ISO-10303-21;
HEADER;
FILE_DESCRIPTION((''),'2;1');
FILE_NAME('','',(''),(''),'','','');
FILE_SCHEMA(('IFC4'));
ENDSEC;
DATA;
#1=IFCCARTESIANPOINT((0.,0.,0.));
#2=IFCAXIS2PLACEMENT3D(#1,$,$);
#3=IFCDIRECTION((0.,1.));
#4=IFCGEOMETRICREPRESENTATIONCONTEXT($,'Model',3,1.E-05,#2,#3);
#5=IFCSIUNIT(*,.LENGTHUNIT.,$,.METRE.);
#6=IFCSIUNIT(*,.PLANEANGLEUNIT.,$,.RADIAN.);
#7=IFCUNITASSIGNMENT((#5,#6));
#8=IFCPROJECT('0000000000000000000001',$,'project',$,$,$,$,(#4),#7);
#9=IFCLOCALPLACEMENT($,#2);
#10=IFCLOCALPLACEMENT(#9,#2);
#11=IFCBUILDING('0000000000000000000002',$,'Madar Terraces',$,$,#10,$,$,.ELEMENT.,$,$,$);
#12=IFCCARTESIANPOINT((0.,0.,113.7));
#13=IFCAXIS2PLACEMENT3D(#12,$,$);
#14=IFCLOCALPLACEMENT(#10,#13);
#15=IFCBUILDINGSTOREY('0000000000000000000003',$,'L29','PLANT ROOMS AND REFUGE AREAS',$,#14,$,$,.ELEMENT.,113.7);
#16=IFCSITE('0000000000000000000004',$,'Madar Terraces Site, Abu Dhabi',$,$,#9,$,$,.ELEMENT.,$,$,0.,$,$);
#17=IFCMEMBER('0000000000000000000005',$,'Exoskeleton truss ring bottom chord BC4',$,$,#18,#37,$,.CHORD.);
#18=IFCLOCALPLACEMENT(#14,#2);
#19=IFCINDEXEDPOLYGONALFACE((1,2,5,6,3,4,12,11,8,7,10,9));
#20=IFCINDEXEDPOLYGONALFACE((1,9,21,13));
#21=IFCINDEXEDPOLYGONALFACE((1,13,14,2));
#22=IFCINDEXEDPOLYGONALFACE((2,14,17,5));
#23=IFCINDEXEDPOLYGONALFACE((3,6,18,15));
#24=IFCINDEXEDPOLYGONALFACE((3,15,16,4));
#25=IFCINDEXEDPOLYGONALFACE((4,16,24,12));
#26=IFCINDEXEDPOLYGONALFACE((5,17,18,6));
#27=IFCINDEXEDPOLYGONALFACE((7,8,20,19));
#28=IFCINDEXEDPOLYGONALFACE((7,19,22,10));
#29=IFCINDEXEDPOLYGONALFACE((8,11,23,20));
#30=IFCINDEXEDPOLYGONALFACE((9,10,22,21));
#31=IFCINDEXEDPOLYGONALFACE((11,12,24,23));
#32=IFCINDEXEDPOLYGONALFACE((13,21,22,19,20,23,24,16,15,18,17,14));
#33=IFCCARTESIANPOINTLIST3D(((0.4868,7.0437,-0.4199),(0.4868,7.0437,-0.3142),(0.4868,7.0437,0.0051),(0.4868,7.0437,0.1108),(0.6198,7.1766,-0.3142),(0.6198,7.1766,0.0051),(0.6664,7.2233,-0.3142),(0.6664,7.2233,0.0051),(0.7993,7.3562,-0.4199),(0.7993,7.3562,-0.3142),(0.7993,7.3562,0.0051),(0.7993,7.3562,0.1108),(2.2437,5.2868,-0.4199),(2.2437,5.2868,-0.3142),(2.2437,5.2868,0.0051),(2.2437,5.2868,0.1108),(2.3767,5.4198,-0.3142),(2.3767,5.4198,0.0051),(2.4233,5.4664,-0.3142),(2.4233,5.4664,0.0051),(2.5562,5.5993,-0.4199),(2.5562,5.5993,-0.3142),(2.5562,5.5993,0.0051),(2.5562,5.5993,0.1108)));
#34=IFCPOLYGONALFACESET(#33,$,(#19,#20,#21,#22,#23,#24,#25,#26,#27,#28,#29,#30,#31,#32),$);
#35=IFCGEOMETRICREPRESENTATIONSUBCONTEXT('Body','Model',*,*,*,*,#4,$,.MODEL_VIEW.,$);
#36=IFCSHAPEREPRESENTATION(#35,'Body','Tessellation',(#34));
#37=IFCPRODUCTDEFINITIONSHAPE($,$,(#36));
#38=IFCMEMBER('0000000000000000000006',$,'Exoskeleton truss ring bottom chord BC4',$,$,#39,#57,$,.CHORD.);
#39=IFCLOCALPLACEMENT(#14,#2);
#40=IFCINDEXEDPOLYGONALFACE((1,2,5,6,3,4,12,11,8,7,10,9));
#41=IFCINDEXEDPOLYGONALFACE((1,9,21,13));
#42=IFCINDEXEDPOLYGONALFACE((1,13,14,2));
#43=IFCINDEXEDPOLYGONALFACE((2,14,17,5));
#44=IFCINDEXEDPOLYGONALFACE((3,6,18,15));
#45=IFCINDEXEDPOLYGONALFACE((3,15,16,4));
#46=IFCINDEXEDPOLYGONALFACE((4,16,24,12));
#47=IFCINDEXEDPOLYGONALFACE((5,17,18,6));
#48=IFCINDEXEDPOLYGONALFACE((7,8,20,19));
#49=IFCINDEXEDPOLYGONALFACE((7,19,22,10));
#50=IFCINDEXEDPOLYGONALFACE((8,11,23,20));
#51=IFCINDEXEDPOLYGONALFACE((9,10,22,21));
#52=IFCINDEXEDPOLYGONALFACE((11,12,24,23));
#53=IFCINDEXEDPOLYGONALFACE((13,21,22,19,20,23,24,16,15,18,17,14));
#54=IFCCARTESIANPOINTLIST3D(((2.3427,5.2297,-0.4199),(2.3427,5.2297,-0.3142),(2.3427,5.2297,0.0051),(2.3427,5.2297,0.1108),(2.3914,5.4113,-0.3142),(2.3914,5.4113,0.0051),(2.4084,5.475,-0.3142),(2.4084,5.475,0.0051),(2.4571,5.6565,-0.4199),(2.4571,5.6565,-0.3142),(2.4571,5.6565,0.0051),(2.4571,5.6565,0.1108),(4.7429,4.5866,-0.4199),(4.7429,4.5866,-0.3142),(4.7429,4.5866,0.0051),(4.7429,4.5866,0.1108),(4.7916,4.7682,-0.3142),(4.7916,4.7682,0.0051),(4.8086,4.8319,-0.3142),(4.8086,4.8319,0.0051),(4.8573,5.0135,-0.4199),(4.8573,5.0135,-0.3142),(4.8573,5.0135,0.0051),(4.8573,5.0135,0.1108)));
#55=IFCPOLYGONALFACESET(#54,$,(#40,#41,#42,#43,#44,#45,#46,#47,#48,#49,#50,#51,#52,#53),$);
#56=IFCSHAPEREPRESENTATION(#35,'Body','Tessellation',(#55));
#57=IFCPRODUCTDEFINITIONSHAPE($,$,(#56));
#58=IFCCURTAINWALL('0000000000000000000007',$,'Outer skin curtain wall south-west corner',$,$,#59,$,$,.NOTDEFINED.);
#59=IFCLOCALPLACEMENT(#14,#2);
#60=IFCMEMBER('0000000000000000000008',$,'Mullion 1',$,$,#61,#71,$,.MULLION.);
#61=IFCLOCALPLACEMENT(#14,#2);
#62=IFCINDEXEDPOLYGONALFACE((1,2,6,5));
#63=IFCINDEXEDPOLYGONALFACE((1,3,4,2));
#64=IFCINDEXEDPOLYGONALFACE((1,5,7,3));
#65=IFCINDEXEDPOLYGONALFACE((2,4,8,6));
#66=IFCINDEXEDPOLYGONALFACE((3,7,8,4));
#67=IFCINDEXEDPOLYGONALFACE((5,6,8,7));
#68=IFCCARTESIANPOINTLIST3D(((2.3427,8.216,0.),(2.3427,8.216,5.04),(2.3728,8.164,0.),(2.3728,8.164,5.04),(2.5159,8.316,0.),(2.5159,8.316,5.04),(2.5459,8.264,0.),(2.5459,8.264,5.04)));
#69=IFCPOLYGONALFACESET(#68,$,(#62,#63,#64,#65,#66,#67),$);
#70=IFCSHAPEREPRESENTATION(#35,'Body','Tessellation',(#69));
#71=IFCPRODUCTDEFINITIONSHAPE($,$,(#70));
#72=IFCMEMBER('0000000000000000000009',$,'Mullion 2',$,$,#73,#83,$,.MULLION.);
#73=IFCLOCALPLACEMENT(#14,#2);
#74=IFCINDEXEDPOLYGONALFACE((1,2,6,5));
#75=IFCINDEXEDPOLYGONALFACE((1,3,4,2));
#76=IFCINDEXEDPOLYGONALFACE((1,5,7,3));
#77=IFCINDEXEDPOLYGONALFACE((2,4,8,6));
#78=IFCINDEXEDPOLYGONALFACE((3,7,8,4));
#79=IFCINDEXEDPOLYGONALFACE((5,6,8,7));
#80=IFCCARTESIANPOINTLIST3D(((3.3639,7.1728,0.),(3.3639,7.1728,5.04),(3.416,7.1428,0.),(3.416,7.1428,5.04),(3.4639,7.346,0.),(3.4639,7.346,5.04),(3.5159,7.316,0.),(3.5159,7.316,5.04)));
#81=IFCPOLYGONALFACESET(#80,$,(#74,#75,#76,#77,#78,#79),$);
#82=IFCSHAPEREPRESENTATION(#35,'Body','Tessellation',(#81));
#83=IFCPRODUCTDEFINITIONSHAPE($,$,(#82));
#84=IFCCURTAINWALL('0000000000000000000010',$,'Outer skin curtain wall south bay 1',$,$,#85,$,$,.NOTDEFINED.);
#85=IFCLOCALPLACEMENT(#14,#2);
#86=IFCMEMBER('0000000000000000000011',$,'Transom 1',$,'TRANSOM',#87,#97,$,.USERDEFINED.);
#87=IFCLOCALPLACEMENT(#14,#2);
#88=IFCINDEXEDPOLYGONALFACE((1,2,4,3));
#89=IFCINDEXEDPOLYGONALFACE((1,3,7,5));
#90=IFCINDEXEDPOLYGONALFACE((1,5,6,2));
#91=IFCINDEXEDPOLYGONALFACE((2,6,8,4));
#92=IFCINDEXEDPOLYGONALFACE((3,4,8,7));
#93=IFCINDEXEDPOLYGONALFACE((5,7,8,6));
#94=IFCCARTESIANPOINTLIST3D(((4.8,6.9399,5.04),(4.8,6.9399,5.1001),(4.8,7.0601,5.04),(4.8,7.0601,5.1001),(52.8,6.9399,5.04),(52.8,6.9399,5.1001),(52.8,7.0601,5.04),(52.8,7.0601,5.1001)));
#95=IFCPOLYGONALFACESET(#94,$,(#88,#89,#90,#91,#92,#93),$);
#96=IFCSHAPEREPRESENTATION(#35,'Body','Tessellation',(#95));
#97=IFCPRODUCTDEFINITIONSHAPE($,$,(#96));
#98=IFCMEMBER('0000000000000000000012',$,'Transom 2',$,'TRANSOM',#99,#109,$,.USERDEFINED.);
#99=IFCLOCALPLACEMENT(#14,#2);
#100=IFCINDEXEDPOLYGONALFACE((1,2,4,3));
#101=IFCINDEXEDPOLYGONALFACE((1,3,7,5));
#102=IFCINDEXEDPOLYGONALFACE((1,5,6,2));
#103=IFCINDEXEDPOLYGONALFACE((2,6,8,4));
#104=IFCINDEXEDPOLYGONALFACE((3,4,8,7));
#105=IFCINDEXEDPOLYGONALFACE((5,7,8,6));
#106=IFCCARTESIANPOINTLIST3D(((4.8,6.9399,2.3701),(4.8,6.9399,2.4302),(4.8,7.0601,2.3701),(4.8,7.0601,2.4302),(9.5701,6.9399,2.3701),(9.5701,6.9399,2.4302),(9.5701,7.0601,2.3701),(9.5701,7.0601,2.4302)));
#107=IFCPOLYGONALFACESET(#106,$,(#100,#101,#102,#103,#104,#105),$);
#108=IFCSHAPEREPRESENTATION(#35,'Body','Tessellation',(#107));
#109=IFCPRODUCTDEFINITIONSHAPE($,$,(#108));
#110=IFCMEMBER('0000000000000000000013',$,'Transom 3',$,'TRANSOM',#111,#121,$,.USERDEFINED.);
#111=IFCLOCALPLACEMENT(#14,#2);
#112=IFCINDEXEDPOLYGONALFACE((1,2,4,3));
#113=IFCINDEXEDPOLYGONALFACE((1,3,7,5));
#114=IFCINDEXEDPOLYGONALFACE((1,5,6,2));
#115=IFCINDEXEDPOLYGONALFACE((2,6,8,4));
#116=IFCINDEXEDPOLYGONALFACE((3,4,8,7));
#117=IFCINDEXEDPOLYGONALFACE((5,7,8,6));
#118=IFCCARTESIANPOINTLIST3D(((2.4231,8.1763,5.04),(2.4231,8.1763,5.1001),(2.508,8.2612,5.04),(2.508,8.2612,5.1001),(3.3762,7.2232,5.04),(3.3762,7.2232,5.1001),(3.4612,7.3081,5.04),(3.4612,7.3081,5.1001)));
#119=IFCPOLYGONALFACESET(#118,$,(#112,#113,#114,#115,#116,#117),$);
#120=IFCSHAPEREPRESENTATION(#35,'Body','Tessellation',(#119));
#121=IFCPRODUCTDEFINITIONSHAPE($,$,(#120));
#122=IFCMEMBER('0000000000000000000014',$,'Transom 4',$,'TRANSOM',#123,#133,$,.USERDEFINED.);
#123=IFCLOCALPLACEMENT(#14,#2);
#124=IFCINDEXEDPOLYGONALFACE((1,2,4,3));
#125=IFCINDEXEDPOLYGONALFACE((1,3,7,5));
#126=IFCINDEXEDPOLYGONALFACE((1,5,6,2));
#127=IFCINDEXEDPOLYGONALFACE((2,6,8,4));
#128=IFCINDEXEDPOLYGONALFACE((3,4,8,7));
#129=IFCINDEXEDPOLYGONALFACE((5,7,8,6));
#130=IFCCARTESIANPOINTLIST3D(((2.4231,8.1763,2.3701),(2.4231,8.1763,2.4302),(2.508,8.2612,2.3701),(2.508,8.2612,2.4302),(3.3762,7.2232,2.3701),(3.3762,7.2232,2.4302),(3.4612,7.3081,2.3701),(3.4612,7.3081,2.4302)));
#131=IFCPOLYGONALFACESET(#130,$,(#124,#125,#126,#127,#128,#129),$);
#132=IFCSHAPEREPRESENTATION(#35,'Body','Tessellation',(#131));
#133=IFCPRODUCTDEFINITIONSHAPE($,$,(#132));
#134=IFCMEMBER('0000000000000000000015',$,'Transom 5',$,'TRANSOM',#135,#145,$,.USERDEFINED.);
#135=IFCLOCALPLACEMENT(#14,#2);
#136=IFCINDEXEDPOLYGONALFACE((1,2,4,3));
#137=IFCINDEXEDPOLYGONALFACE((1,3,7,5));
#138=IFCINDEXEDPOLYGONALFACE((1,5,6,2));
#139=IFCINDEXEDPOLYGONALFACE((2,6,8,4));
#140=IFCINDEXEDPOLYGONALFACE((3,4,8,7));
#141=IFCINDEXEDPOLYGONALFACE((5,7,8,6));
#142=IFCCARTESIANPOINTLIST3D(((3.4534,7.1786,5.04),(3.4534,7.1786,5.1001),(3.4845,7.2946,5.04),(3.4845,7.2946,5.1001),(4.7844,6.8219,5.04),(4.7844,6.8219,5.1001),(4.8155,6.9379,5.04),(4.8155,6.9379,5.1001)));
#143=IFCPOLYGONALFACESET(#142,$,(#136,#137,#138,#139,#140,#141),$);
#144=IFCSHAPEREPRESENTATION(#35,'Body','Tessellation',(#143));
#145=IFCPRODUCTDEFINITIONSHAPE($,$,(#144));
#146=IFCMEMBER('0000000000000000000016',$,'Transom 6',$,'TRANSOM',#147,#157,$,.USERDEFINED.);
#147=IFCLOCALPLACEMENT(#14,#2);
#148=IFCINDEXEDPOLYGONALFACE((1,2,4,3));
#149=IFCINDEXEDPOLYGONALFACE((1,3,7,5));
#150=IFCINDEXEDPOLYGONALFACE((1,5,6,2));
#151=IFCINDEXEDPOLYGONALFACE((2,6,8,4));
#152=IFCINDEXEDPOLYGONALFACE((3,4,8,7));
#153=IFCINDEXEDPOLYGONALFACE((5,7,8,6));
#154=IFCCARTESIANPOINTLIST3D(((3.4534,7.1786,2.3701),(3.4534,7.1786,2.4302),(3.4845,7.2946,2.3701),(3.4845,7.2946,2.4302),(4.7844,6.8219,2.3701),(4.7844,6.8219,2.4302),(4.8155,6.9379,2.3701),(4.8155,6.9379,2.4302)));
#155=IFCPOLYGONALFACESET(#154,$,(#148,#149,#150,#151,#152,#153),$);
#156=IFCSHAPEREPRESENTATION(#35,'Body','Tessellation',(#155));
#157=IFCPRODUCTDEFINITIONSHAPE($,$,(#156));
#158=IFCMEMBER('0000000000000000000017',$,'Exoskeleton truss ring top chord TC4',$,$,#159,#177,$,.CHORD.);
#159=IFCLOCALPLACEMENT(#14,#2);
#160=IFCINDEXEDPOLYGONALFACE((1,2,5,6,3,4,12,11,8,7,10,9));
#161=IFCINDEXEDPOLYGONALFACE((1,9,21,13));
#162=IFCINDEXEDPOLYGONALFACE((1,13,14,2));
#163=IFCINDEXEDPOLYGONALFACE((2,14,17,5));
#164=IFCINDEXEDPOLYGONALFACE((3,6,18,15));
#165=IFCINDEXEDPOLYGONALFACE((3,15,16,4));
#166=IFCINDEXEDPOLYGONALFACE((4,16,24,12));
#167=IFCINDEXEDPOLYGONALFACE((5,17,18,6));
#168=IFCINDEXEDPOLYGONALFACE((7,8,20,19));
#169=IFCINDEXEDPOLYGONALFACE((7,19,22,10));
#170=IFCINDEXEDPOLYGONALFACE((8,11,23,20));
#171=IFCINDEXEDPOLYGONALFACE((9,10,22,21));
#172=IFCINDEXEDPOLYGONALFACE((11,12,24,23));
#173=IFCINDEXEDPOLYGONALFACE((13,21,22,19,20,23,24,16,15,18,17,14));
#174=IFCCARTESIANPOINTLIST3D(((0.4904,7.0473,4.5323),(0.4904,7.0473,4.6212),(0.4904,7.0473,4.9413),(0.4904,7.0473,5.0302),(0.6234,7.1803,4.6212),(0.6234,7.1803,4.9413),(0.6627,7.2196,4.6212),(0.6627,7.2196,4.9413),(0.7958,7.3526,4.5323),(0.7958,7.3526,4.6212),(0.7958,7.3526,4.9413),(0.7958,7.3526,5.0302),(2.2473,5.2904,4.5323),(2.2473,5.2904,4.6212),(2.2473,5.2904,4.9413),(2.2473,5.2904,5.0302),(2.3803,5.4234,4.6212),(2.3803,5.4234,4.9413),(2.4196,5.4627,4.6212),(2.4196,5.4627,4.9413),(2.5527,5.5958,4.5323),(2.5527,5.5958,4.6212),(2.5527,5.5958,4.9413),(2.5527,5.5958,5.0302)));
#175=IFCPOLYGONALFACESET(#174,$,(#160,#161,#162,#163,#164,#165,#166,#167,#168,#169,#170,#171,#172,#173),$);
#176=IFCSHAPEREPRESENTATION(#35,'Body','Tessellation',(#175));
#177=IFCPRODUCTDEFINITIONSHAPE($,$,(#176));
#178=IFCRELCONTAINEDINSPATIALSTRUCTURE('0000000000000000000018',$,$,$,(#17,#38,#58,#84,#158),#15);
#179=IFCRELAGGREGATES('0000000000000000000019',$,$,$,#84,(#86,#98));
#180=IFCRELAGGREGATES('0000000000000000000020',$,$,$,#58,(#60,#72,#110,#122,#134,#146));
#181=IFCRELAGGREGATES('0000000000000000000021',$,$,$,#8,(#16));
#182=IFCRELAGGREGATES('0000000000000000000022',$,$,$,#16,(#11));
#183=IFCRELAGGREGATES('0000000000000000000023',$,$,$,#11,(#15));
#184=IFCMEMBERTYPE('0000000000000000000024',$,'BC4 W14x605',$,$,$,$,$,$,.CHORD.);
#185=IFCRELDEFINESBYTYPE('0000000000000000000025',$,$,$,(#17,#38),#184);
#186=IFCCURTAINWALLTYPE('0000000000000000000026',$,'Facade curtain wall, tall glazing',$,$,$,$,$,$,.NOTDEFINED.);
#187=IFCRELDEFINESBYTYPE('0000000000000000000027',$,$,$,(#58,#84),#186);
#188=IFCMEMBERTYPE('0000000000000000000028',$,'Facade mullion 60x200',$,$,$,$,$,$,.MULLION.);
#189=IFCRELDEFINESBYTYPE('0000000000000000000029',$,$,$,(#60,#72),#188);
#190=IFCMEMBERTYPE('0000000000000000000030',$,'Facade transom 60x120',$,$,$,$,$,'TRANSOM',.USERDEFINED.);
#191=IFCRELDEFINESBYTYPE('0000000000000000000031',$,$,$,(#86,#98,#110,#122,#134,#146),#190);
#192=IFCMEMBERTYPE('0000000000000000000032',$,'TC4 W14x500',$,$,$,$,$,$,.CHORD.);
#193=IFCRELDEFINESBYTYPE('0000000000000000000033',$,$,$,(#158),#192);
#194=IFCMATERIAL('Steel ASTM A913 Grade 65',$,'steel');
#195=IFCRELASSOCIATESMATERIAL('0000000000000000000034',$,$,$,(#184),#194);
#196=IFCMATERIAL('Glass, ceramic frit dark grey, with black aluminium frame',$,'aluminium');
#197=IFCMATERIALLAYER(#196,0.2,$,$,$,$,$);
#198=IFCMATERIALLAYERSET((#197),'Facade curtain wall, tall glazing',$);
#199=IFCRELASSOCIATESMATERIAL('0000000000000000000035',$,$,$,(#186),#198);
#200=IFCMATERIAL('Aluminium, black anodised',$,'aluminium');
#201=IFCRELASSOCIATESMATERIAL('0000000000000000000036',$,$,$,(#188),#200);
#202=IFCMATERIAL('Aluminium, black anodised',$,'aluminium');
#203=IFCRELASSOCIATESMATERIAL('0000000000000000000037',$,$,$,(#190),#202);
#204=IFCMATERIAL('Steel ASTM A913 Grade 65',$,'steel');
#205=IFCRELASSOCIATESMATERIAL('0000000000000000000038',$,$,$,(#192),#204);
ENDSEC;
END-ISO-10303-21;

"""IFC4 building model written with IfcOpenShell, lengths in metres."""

from ifc_helpers import new_model, si_unit, direction, frame, origin, origin_2d, place, context, subcontext, project, spatial, rectangle, i_section, extrude, material, layer, layer_set, material_profile, profile_set, type_object, element, aggregate, save


model = new_model("IFC4")

# Units and contexts
model_context = context("Model", 3, precision=1e-05, world=origin(), true_north=direction((0.0, 1.0)))
body_context = subcontext(model_context, "Body", "Model", "MODEL_VIEW")
ifc_project = project(units=[si_unit("LENGTHUNIT", "METRE"), si_unit("PLANEANGLEUNIT", "RADIAN")], contexts=[model_context])

# Site, building, storey
site_placement = place(None, origin())
site = spatial("IfcSite", under=ifc_project, at=site_placement, Name="Madar Terraces Site, Abu Dhabi", CompositionType="ELEMENT", RefElevation=0.0)
building_placement = place(site_placement, origin())
building = spatial("IfcBuilding", under=site, at=building_placement, Name="Madar Terraces", CompositionType="ELEMENT")
storey_placement = place(building_placement, frame((0.0, 0.0, 113.7)))
storey = spatial("IfcBuildingStorey", under=building, at=storey_placement, Name="L29", Description="PLANT ROOMS AND REFUGE AREAS", CompositionType="ELEMENT", Elevation=113.7)

# Members
ifc_material_1 = material(Name="Steel ASTM A913 Grade 65", Category="steel")
ifc_material_profile_1 = material_profile(ifc_material_1, i_section(OverallWidth=0.4419, OverallDepth=0.5308, WebThickness=0.0659, FlangeThickness=0.1057, at=origin_2d()), Name="W14x605")
ifc_profile_set_1 = profile_set([ifc_material_profile_1], Name="Steel ASTM A913 Grade 65")
member_type_1 = type_object("IfcMemberType", Name="BC4 W14x605", PredefinedType="CHORD", material=ifc_profile_set_1)
member_1_placement = place(storey_placement, frame((0.6431, 7.2, -0.1545), z_axis=(0.707107, -0.707107, 0.0), x_axis=(0.707107, 0.707107, 0.0)))
element("IfcMember", 1, at=member_1_placement, inside=storey, type_object=member_type_1, Name="Exoskeleton truss ring bottom chord BC4", PredefinedType="CHORD", context=body_context, shape_type="SweptSolid", body=[
    extrude(i_section(OverallWidth=0.4419, OverallDepth=0.5308, WebThickness=0.0659, FlangeThickness=0.1057, at=origin_2d()), origin(), (0.0, 0.0, 1.0), 2.4846),
])
member_2_placement = place(storey_placement, frame((2.3999, 5.4431, -0.1545), z_axis=(0.965931, -0.2588, 0.0), x_axis=(0.2588, 0.965931, 0.0)))
element("IfcMember", 2, at=member_2_placement, inside=storey, type_object=member_type_1, Name="Exoskeleton truss ring bottom chord BC4", PredefinedType="CHORD", context=body_context, shape_type="SweptSolid", body=[
    extrude(i_section(OverallWidth=0.4419, OverallDepth=0.5308, WebThickness=0.0659, FlangeThickness=0.1057, at=origin_2d()), origin(), (0.0, 0.0, 1.0), 2.4849),
])

# Curtain walls, members
ifc_material_2 = material(Name="Glass, ceramic frit dark grey, with black aluminium frame", Category="aluminium")
ifc_layer_1 = layer(ifc_material_2, 0.2)
ifc_layer_set_1 = layer_set([ifc_layer_1], Name="Facade curtain wall, tall glazing")
curtain_wall_type = type_object("IfcCurtainWallType", Name="Facade curtain wall, tall glazing", PredefinedType="NOTDEFINED", material=ifc_layer_set_1)
curtain_wall_1_placement = place(storey_placement, origin())
curtain_wall_1 = element("IfcCurtainWall", 3, at=curtain_wall_1_placement, inside=storey, type_object=curtain_wall_type, Name="Outer skin curtain wall south-west corner", PredefinedType="NOTDEFINED")
ifc_material_3 = material(Name="Aluminium, black anodised", Category="aluminium")
ifc_material_profile_2 = material_profile(ifc_material_3, rectangle(XDim=0.2, YDim=0.0601, at=origin_2d()), Name="Facade mullion 60x200")
ifc_profile_set_2 = profile_set([ifc_material_profile_2], Name="Aluminium, black anodised")
member_type_2 = type_object("IfcMemberType", Name="Facade mullion 60x200", PredefinedType="MULLION", material=ifc_profile_set_2)
member_3_placement = place(storey_placement, frame((2.4443, 8.24, 0.0), z_axis=(0.0, 0.0, 1.0), x_axis=(0.866025, 0.5, 0.0)))
member_3 = element("IfcMember", 4, at=member_3_placement, type_object=member_type_2, Name="Mullion 1", PredefinedType="MULLION", context=body_context, shape_type="SweptSolid", body=[
    extrude(rectangle(XDim=0.2, YDim=0.0601, at=origin_2d()), origin(), (0.0, 0.0, 1.0), 5.04),
])
member_4_placement = place(storey_placement, frame((3.4399, 7.2444, 0.0), z_axis=(0.0, 0.0, 1.0), x_axis=(0.5, 0.866025, 0.0)))
member_4 = element("IfcMember", 5, at=member_4_placement, type_object=member_type_2, Name="Mullion 2", PredefinedType="MULLION", context=body_context, shape_type="SweptSolid", body=[
    extrude(rectangle(XDim=0.2, YDim=0.0601, at=origin_2d()), origin(), (0.0, 0.0, 1.0), 5.04),
])
curtain_wall_2_placement = place(storey_placement, origin())
curtain_wall_2 = element("IfcCurtainWall", 6, at=curtain_wall_2_placement, inside=storey, type_object=curtain_wall_type, Name="Outer skin curtain wall south bay 1", PredefinedType="NOTDEFINED")
ifc_material_4 = material(Name="Aluminium, black anodised", Category="aluminium")
ifc_material_profile_3 = material_profile(ifc_material_4, rectangle(XDim=0.1201, YDim=0.0601, at=origin_2d()), Name="Facade transom 60x120")
ifc_profile_set_3 = profile_set([ifc_material_profile_3], Name="Aluminium, black anodised")
member_type_3 = type_object("IfcMemberType", Name="Facade transom 60x120", ElementType="TRANSOM", PredefinedType="USERDEFINED", material=ifc_profile_set_3)
member_5_placement = place(storey_placement, frame((4.8, 7.0, 5.0701), z_axis=(1.0, 0.0, 0.0), x_axis=(0.0, 1.0, 0.0)))
member_5 = element("IfcMember", 7, at=member_5_placement, type_object=member_type_3, Name="Transom 1", ObjectType="TRANSOM", PredefinedType="USERDEFINED", context=body_context, shape_type="SweptSolid", body=[
    extrude(rectangle(XDim=0.1201, YDim=0.0601, at=origin_2d()), origin(), (0.0, 0.0, 1.0), 48.0),
])
member_6_placement = place(storey_placement, frame((4.8, 7.0, 2.4001), z_axis=(1.0, 0.0, 0.0), x_axis=(0.0, 1.0, 0.0)))
member_6 = element("IfcMember", 8, at=member_6_placement, type_object=member_type_3, Name="Transom 2", ObjectType="TRANSOM", PredefinedType="USERDEFINED", context=body_context, shape_type="SweptSolid", body=[
    extrude(rectangle(XDim=0.1201, YDim=0.0601, at=origin_2d()), origin(), (0.0, 0.0, 1.0), 4.77),
])
aggregate(curtain_wall_2, [member_5, member_6])

# Members
member_7_placement = place(storey_placement, frame((2.4656, 8.2188, 5.0701), z_axis=(0.707107, -0.707107, 0.0), x_axis=(0.707107, 0.707107, 0.0)))
member_7 = element("IfcMember", 9, at=member_7_placement, type_object=member_type_3, Name="Transom 3", ObjectType="TRANSOM", PredefinedType="USERDEFINED", context=body_context, shape_type="SweptSolid", body=[
    extrude(rectangle(XDim=0.1201, YDim=0.0601, at=origin_2d()), origin(), (0.0, 0.0, 1.0), 1.3479),
])
member_8_placement = place(storey_placement, frame((2.4656, 8.2188, 2.4001), z_axis=(0.707107, -0.707107, 0.0), x_axis=(0.707107, 0.707107, 0.0)))
member_8 = element("IfcMember", 10, at=member_8_placement, type_object=member_type_3, Name="Transom 4", ObjectType="TRANSOM", PredefinedType="USERDEFINED", context=body_context, shape_type="SweptSolid", body=[
    extrude(rectangle(XDim=0.1201, YDim=0.0601, at=origin_2d()), origin(), (0.0, 0.0, 1.0), 1.3479),
])
member_9_placement = place(storey_placement, frame((3.469, 7.2366, 5.0701), z_axis=(0.96592, -0.258842, 0.0), x_axis=(0.258842, 0.96592, 0.0)))
member_9 = element("IfcMember", 11, at=member_9_placement, type_object=member_type_3, Name="Transom 5", ObjectType="TRANSOM", PredefinedType="USERDEFINED", context=body_context, shape_type="SweptSolid", body=[
    extrude(rectangle(XDim=0.1201, YDim=0.0601, at=origin_2d()), origin(), (0.0, 0.0, 1.0), 1.3779),
])
member_10_placement = place(storey_placement, frame((3.469, 7.2366, 2.4001), z_axis=(0.96592, -0.258842, 0.0), x_axis=(0.258842, 0.96592, 0.0)))
member_10 = element("IfcMember", 12, at=member_10_placement, type_object=member_type_3, Name="Transom 6", ObjectType="TRANSOM", PredefinedType="USERDEFINED", context=body_context, shape_type="SweptSolid", body=[
    extrude(rectangle(XDim=0.1201, YDim=0.0601, at=origin_2d()), origin(), (0.0, 0.0, 1.0), 1.3779),
])

# Member
ifc_material_5 = material(Name="Steel ASTM A913 Grade 65", Category="steel")
ifc_material_profile_4 = material_profile(ifc_material_5, i_section(OverallWidth=0.4319, OverallDepth=0.4978, WebThickness=0.0557, FlangeThickness=0.0889, at=origin_2d()), Name="W14x500")
ifc_profile_set_4 = profile_set([ifc_material_profile_4], Name="Steel ASTM A913 Grade 65")
member_type_4 = type_object("IfcMemberType", Name="TC4 W14x500", PredefinedType="CHORD", material=ifc_profile_set_4)
member_11_placement = place(storey_placement, frame((0.6431, 7.2, 4.7812), z_axis=(0.707107, -0.707107, 0.0), x_axis=(0.707107, 0.707107, 0.0)))
element("IfcMember", 13, at=member_11_placement, inside=storey, type_object=member_type_4, Name="Exoskeleton truss ring top chord TC4", PredefinedType="CHORD", context=body_context, shape_type="SweptSolid", body=[
    extrude(i_section(OverallWidth=0.4319, OverallDepth=0.4978, WebThickness=0.0557, FlangeThickness=0.0889, at=origin_2d()), origin(), (0.0, 0.0, 1.0), 2.4846),
])

aggregate(curtain_wall_1, [member_3, member_4, member_7, member_8, member_9, member_10])

save(model, "model.ifc")
